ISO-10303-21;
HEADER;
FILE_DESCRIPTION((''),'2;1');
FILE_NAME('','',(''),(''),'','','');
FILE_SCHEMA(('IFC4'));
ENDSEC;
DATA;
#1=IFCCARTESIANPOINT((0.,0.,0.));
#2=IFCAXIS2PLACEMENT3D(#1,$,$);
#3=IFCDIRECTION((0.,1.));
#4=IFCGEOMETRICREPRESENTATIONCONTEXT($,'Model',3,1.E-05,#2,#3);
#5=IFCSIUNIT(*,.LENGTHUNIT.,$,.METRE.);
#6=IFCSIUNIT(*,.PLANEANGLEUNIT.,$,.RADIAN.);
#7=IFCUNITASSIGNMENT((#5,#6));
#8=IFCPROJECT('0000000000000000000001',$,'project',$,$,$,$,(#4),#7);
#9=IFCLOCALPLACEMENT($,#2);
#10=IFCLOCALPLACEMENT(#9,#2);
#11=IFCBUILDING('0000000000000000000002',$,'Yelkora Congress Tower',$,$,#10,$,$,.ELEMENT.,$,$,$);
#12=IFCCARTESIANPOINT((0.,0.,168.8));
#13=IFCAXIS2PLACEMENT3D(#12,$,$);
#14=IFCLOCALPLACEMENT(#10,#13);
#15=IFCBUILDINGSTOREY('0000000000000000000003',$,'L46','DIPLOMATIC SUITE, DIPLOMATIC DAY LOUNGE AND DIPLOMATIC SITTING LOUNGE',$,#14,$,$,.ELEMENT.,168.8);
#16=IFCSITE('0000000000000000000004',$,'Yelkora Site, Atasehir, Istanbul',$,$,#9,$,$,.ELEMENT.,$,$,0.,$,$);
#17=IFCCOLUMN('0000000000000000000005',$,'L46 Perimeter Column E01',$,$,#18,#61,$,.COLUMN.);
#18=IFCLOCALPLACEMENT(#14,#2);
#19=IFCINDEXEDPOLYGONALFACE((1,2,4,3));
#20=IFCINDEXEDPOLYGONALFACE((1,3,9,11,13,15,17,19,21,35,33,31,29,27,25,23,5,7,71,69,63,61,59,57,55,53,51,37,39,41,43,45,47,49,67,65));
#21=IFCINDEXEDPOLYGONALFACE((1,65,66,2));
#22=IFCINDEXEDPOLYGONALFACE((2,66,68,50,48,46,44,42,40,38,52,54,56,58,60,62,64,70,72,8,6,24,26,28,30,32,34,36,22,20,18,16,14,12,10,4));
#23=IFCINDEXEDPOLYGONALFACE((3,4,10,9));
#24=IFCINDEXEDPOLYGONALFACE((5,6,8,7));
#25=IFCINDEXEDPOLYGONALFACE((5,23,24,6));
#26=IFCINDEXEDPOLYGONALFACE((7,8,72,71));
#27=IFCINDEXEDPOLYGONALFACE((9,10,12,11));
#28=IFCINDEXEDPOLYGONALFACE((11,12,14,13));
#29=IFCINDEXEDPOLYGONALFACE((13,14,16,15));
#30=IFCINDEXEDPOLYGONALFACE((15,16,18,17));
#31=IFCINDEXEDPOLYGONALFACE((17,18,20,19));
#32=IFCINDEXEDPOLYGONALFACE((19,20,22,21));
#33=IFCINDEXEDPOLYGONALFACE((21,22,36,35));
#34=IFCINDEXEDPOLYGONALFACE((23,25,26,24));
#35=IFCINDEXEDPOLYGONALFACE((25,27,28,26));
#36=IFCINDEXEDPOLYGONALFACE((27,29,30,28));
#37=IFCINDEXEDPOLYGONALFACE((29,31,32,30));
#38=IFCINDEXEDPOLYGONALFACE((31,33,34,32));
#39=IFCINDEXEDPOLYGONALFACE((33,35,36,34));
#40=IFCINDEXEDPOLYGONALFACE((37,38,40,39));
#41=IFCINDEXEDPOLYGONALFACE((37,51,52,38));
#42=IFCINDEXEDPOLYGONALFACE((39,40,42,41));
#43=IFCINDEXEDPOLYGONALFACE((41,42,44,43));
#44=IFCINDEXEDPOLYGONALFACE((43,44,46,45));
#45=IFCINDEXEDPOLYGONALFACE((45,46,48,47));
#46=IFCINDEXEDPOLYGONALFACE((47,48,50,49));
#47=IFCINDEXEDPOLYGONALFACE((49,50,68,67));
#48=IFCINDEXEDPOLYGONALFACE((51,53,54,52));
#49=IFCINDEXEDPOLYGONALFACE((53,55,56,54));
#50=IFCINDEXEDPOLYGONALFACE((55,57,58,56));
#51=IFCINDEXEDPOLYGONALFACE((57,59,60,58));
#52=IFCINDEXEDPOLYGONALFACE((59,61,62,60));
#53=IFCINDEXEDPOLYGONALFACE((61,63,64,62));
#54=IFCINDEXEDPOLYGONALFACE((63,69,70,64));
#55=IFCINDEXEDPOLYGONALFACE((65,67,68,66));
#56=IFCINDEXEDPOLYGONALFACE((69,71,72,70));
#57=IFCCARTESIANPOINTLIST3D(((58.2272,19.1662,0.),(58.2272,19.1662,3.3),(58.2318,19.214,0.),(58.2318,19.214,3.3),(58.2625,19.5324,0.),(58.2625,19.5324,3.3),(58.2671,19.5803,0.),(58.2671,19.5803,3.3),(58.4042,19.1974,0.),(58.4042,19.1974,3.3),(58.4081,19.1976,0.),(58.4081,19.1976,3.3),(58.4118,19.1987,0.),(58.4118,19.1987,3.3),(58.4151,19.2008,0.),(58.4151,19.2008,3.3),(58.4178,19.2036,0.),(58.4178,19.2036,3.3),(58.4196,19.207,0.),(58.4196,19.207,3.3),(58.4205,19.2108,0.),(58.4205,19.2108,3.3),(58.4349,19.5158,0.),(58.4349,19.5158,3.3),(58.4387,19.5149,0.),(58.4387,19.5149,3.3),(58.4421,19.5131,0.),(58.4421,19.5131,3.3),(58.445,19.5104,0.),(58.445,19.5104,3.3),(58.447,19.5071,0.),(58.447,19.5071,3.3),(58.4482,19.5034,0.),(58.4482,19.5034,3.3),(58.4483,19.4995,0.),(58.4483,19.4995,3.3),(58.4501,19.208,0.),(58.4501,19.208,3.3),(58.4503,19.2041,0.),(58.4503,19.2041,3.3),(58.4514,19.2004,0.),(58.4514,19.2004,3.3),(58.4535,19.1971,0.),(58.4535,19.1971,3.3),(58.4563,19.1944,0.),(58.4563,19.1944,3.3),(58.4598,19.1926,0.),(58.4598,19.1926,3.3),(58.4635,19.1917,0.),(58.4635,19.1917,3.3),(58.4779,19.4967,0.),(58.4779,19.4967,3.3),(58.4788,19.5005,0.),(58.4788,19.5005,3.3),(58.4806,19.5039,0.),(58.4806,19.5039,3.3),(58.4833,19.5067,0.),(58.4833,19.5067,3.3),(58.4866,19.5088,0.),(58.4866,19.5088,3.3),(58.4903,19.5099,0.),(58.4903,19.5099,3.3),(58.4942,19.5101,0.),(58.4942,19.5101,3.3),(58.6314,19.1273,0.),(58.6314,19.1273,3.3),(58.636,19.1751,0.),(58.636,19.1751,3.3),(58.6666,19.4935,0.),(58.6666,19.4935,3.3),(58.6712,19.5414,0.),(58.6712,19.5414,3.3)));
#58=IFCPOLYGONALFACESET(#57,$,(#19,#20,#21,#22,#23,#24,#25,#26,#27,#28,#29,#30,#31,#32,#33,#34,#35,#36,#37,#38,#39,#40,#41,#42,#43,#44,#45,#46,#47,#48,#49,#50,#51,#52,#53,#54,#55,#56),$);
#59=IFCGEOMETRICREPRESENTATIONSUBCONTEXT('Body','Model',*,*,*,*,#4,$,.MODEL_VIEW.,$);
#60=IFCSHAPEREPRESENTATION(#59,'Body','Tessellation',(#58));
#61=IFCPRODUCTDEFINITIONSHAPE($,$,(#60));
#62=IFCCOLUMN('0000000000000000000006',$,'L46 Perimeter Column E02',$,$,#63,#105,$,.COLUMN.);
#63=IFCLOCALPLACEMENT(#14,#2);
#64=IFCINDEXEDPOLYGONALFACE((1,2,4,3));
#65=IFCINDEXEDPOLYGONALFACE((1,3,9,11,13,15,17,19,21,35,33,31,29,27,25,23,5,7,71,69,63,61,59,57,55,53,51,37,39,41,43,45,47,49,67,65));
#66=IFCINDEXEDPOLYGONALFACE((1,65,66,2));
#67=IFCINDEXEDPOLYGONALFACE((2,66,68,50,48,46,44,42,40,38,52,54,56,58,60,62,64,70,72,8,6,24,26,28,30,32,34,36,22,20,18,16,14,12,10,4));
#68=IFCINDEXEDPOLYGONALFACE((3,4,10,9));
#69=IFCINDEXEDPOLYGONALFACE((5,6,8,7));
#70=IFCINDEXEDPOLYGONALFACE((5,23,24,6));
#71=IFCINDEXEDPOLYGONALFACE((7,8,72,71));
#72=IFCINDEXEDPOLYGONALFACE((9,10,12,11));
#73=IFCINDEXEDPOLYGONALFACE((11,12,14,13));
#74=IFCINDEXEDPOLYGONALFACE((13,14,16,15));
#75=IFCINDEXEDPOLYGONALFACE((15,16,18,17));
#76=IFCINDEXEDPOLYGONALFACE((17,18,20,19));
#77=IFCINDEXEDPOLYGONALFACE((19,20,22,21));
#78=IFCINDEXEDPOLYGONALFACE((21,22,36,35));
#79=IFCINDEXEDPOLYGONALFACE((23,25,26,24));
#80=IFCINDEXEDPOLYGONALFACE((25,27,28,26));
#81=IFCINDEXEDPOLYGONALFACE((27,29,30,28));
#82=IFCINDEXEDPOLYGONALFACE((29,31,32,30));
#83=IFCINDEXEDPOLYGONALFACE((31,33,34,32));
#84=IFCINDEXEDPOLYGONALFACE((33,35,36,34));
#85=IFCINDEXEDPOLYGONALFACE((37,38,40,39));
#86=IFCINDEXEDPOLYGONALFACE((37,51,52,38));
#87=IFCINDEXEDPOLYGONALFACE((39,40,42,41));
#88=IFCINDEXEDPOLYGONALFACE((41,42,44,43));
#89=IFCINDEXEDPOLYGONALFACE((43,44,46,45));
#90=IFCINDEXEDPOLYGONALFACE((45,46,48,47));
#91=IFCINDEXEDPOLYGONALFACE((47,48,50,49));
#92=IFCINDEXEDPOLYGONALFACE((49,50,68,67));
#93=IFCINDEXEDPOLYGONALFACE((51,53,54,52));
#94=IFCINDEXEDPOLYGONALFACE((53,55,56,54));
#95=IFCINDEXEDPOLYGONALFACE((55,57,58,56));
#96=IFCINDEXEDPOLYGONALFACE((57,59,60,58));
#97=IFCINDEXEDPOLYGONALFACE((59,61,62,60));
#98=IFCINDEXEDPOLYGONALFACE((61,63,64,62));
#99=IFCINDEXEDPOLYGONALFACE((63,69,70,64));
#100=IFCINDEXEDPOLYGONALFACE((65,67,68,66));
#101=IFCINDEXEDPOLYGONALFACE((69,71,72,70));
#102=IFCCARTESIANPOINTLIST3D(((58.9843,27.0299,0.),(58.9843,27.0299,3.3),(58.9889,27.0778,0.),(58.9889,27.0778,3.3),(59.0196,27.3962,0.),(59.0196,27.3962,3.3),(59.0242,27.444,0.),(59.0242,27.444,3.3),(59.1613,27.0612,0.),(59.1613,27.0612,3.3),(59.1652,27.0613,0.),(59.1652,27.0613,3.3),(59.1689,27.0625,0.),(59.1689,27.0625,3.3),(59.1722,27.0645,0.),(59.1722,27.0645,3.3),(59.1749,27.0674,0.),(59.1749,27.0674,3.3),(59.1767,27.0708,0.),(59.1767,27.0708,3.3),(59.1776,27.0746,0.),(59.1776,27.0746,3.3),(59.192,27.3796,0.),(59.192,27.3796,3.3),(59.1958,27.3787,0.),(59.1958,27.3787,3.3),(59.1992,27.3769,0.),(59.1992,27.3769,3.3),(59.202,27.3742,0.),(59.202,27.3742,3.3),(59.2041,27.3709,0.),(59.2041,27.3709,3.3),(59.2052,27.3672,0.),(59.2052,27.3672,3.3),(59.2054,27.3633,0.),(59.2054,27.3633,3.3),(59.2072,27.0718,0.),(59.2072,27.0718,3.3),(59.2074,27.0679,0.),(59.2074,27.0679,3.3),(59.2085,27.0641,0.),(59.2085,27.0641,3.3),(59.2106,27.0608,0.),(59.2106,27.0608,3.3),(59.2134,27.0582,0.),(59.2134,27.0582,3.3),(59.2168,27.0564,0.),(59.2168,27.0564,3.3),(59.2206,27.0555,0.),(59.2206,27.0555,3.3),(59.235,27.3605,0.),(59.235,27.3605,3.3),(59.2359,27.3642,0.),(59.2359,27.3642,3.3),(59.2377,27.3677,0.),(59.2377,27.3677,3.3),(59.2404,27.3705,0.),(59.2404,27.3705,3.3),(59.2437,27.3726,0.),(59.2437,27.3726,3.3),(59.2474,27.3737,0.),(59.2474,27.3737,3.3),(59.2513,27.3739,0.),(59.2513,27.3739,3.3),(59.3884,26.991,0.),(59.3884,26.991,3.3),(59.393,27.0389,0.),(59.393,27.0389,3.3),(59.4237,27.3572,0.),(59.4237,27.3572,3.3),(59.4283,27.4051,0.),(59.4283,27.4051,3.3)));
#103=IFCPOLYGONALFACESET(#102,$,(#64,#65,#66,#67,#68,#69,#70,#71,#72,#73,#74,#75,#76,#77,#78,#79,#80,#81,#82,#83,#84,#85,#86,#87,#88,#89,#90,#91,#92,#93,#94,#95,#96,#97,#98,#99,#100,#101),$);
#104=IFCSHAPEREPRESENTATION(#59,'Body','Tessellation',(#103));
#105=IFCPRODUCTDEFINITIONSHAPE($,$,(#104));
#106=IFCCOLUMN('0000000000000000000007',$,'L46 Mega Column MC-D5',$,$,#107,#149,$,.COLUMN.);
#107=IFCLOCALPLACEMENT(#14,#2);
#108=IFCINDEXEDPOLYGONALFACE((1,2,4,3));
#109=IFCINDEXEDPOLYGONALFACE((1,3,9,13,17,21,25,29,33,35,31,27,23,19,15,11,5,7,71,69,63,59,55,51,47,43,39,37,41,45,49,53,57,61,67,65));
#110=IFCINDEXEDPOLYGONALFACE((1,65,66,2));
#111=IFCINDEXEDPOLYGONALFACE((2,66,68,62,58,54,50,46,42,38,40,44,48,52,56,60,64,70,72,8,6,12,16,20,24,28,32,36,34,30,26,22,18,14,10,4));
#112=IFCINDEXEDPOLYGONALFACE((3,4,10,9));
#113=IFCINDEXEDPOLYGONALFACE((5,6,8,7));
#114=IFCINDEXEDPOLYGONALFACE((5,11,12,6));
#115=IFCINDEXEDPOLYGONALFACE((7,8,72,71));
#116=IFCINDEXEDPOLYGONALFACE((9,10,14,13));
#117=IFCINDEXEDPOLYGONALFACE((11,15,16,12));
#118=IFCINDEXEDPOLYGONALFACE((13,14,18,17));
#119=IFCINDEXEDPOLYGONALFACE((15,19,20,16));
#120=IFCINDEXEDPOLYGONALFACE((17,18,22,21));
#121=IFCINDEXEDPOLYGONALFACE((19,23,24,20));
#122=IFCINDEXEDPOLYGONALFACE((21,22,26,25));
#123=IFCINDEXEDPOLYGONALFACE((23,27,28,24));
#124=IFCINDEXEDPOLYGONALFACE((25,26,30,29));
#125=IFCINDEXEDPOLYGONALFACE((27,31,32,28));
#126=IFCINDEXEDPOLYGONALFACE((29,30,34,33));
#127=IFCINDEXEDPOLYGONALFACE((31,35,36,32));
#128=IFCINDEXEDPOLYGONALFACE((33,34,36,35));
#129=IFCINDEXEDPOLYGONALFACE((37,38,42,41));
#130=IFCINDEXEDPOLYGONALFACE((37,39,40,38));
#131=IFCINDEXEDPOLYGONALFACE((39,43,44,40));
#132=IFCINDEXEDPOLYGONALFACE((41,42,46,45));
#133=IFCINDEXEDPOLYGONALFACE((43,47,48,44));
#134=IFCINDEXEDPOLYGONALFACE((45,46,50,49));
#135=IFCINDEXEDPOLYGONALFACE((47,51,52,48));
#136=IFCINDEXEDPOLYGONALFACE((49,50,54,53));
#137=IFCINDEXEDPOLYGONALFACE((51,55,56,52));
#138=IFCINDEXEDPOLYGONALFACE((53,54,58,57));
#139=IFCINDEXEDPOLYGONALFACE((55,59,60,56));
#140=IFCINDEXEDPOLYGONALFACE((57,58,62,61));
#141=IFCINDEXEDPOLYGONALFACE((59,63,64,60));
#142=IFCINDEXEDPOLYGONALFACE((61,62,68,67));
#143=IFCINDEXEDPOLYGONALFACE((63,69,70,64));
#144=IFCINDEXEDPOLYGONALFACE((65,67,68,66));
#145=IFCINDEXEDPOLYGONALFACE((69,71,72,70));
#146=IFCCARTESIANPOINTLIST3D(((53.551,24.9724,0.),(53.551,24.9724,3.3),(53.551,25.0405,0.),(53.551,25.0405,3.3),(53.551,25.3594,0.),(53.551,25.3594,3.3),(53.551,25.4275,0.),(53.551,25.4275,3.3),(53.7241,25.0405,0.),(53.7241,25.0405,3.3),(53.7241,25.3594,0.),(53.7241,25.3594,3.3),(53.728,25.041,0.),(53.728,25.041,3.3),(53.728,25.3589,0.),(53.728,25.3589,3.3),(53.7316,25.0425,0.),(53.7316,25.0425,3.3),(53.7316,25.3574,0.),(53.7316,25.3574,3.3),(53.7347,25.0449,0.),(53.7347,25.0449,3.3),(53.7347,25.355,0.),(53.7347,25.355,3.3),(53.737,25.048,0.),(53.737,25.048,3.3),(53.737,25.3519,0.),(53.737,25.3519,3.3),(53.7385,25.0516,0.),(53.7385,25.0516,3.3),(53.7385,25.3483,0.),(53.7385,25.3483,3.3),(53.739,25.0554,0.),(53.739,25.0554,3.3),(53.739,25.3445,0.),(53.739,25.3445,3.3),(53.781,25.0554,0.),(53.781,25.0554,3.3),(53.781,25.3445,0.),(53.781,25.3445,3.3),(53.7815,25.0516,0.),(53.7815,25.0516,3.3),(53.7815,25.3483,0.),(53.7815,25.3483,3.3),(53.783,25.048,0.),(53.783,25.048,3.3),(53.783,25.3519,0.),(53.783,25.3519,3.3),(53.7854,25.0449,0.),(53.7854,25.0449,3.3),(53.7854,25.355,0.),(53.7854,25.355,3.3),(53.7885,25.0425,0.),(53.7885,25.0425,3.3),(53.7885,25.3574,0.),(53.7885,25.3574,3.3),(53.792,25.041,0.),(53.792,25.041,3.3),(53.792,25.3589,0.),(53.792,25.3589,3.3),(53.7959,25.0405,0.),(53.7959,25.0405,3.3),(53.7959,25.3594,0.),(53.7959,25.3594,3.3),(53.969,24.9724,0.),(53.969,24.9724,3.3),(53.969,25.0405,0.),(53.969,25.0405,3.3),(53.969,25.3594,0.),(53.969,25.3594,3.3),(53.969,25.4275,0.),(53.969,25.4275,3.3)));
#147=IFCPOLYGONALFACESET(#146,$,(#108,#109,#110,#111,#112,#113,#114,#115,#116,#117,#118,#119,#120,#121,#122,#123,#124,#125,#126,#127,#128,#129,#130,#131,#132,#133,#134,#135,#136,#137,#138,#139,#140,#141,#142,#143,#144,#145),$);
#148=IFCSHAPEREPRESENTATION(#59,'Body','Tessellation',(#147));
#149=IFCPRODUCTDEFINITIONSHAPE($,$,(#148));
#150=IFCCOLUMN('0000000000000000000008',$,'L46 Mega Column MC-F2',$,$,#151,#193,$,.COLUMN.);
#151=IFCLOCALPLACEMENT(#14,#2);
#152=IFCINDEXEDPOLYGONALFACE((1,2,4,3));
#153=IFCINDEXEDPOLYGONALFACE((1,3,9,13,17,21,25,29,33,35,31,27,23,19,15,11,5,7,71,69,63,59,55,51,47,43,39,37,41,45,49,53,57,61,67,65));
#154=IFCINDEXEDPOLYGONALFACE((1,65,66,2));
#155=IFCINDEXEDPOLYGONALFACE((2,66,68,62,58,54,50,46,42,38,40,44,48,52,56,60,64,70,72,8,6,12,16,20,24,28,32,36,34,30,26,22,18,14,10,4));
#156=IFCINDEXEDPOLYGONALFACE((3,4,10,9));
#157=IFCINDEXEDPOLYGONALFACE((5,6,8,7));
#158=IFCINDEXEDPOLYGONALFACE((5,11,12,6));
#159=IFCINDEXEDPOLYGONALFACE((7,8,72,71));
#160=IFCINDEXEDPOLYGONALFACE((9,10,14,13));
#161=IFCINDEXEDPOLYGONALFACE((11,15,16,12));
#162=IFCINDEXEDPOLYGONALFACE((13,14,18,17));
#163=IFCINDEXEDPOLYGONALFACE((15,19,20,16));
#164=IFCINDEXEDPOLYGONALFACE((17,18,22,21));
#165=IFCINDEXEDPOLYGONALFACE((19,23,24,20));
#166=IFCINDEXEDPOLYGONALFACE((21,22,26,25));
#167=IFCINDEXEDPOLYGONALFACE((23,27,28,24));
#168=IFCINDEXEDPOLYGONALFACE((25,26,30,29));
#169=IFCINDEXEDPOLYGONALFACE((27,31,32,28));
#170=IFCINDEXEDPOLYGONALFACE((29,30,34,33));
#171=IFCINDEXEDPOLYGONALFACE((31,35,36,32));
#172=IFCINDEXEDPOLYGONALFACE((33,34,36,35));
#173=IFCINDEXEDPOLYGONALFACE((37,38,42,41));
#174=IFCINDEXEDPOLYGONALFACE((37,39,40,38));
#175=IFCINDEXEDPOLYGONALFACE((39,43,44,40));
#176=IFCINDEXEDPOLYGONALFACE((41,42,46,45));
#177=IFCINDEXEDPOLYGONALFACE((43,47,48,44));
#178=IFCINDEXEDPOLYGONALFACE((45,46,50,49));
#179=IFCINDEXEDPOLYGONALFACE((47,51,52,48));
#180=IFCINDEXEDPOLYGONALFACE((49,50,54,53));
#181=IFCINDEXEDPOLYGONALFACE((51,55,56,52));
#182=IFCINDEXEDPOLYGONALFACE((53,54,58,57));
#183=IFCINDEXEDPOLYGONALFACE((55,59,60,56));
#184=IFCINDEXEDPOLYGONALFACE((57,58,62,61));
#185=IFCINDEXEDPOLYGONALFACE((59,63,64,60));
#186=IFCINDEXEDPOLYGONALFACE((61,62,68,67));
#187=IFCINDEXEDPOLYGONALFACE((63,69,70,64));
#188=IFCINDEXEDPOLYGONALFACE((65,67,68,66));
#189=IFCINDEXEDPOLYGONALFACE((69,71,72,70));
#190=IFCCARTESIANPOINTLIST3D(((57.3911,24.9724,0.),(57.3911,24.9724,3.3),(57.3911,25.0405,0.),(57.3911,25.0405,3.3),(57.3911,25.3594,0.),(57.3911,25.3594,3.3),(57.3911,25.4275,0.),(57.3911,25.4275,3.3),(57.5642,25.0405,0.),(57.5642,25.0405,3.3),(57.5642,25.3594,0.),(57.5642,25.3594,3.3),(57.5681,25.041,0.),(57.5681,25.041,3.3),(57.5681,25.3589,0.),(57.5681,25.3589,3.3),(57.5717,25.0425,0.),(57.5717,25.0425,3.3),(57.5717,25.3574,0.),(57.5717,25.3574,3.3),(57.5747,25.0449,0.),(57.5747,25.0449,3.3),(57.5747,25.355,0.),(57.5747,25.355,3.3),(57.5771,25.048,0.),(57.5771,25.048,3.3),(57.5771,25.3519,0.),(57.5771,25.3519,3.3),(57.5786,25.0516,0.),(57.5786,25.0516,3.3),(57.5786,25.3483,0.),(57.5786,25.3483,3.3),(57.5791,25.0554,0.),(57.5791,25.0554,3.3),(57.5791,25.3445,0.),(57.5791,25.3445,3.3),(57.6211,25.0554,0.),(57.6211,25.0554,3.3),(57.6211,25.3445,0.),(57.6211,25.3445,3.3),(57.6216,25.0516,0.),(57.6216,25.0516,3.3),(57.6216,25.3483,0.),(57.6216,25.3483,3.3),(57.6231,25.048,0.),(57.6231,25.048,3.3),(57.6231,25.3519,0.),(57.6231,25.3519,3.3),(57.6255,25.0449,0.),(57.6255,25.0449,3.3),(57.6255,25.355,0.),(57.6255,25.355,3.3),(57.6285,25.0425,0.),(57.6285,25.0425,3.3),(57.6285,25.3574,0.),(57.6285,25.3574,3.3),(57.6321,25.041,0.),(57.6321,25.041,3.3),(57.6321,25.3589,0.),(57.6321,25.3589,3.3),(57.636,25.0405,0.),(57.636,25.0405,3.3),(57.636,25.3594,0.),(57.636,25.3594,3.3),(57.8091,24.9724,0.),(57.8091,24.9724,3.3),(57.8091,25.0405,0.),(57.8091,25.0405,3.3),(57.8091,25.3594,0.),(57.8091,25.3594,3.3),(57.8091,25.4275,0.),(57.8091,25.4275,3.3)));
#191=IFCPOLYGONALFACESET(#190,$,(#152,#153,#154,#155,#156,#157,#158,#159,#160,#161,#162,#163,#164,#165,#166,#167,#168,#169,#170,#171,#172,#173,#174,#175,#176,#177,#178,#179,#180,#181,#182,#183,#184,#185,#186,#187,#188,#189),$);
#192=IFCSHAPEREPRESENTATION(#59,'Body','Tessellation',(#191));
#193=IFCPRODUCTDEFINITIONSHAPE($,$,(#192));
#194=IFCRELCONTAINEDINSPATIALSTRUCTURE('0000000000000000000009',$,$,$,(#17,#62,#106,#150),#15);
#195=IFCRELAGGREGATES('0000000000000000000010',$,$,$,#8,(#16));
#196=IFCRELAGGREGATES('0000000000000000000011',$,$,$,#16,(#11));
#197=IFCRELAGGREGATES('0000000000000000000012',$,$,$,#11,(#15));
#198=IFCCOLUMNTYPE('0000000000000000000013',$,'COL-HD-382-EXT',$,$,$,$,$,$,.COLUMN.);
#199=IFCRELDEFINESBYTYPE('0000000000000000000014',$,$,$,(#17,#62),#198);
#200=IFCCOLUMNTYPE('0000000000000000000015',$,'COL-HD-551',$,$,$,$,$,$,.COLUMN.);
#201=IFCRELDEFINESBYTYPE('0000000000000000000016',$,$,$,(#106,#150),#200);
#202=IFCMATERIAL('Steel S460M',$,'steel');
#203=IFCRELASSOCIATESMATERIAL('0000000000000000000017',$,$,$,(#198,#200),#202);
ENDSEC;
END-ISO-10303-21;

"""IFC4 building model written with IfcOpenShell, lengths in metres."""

from ifc_helpers import new_model, si_unit, direction, frame, origin, origin_2d, place, context, subcontext, project, spatial, i_section, extrude, material, material_profile, profile_set, type_object, element, save


model = new_model("IFC4")

# Units and contexts
model_context = context("Model", 3, precision=1e-05, world=origin(), true_north=direction((0.0, 1.0)))
body_context = subcontext(model_context, "Body", "Model", "MODEL_VIEW")
ifc_project = project(units=[si_unit("LENGTHUNIT", "METRE"), si_unit("PLANEANGLEUNIT", "RADIAN")], contexts=[model_context])

# Site, building, storey
site_placement = place(None, origin())
site = spatial("IfcSite", under=ifc_project, at=site_placement, Name="Yelkora Site, Atasehir, Istanbul", CompositionType="ELEMENT", RefElevation=0.0)
building_placement = place(site_placement, origin())
building = spatial("IfcBuilding", under=site, at=building_placement, Name="Yelkora Congress Tower", CompositionType="ELEMENT")
storey_placement = place(building_placement, frame((0.0, 0.0, 168.8)))
storey = spatial("IfcBuildingStorey", under=building, at=storey_placement, Name="L46", Description="DIPLOMATIC SUITE, DIPLOMATIC DAY LOUNGE AND DIPLOMATIC SITTING LOUNGE", CompositionType="ELEMENT", Elevation=168.8)

# Columns
ifc_material_1 = material(Name="Steel S460M", Category="steel")
ifc_material_profile_1 = material_profile(ifc_material_1, i_section(OverallWidth=0.406, OverallDepth=0.416, WebThickness=0.0298, FlangeThickness=0.0481, FilletRadius=0.0149, at=origin_2d()), Name="HD 400x382")
ifc_profile_set_1 = profile_set([ifc_material_profile_1], Name="Steel S460M")
column_type_1 = type_object("IfcColumnType", Name="COL-HD-382-EXT", PredefinedType="COLUMN", material=ifc_profile_set_1)
for number, where, z_axis, x_axis, name in (
    (1, (58.4492, 19.3538, 0.0), (0.0, 0.0, 1.0), (0.995396, -0.095846, 0.0), "L46 Perimeter Column E01"),
    (2, (59.2063, 27.2175, 0.0), (0.0, 0.0, 1.0), (0.995396, -0.095846, 0.0), "L46 Perimeter Column E02"),
):
    element("IfcColumn", number, at=place(storey_placement, frame(where, z_axis=z_axis, x_axis=x_axis)), inside=storey, type_object=column_type_1, Name=name, PredefinedType="COLUMN", context=body_context, shape_type="SweptSolid", body=[
        extrude(i_section(OverallWidth=0.406, OverallDepth=0.416, WebThickness=0.0298, FlangeThickness=0.0481, FilletRadius=0.0149, at=origin_2d()), origin(), (0.0, 0.0, 1.0), 3.3),
    ])
ifc_material_profile_2 = material_profile(ifc_material_1, i_section(OverallWidth=0.418, OverallDepth=0.4551, WebThickness=0.042, FlangeThickness=0.0681, FilletRadius=0.0149, at=origin_2d()), Name="HD 400x551")
ifc_profile_set_2 = profile_set([ifc_material_profile_2], Name="Steel S460M")
column_type_2 = type_object("IfcColumnType", Name="COL-HD-551", PredefinedType="COLUMN", material=ifc_profile_set_2)
for number, where, z_axis, x_axis, name in (
    (3, (53.76, 25.2, 0.0), (0.0, 0.0, 1.0), (1.0, 0.0, 0.0), "L46 Mega Column MC-D5"),
    (4, (57.6001, 25.2, 0.0), (0.0, 0.0, 1.0), (1.0, 0.0, 0.0), "L46 Mega Column MC-F2"),
):
    element("IfcColumn", number, at=place(storey_placement, frame(where, z_axis=z_axis, x_axis=x_axis)), inside=storey, type_object=column_type_2, Name=name, PredefinedType="COLUMN", context=body_context, shape_type="SweptSolid", body=[
        extrude(i_section(OverallWidth=0.418, OverallDepth=0.4551, WebThickness=0.042, FlangeThickness=0.0681, FilletRadius=0.0149, at=origin_2d()), origin(), (0.0, 0.0, 1.0), 3.3),
    ])

save(model, "model.ifc")
